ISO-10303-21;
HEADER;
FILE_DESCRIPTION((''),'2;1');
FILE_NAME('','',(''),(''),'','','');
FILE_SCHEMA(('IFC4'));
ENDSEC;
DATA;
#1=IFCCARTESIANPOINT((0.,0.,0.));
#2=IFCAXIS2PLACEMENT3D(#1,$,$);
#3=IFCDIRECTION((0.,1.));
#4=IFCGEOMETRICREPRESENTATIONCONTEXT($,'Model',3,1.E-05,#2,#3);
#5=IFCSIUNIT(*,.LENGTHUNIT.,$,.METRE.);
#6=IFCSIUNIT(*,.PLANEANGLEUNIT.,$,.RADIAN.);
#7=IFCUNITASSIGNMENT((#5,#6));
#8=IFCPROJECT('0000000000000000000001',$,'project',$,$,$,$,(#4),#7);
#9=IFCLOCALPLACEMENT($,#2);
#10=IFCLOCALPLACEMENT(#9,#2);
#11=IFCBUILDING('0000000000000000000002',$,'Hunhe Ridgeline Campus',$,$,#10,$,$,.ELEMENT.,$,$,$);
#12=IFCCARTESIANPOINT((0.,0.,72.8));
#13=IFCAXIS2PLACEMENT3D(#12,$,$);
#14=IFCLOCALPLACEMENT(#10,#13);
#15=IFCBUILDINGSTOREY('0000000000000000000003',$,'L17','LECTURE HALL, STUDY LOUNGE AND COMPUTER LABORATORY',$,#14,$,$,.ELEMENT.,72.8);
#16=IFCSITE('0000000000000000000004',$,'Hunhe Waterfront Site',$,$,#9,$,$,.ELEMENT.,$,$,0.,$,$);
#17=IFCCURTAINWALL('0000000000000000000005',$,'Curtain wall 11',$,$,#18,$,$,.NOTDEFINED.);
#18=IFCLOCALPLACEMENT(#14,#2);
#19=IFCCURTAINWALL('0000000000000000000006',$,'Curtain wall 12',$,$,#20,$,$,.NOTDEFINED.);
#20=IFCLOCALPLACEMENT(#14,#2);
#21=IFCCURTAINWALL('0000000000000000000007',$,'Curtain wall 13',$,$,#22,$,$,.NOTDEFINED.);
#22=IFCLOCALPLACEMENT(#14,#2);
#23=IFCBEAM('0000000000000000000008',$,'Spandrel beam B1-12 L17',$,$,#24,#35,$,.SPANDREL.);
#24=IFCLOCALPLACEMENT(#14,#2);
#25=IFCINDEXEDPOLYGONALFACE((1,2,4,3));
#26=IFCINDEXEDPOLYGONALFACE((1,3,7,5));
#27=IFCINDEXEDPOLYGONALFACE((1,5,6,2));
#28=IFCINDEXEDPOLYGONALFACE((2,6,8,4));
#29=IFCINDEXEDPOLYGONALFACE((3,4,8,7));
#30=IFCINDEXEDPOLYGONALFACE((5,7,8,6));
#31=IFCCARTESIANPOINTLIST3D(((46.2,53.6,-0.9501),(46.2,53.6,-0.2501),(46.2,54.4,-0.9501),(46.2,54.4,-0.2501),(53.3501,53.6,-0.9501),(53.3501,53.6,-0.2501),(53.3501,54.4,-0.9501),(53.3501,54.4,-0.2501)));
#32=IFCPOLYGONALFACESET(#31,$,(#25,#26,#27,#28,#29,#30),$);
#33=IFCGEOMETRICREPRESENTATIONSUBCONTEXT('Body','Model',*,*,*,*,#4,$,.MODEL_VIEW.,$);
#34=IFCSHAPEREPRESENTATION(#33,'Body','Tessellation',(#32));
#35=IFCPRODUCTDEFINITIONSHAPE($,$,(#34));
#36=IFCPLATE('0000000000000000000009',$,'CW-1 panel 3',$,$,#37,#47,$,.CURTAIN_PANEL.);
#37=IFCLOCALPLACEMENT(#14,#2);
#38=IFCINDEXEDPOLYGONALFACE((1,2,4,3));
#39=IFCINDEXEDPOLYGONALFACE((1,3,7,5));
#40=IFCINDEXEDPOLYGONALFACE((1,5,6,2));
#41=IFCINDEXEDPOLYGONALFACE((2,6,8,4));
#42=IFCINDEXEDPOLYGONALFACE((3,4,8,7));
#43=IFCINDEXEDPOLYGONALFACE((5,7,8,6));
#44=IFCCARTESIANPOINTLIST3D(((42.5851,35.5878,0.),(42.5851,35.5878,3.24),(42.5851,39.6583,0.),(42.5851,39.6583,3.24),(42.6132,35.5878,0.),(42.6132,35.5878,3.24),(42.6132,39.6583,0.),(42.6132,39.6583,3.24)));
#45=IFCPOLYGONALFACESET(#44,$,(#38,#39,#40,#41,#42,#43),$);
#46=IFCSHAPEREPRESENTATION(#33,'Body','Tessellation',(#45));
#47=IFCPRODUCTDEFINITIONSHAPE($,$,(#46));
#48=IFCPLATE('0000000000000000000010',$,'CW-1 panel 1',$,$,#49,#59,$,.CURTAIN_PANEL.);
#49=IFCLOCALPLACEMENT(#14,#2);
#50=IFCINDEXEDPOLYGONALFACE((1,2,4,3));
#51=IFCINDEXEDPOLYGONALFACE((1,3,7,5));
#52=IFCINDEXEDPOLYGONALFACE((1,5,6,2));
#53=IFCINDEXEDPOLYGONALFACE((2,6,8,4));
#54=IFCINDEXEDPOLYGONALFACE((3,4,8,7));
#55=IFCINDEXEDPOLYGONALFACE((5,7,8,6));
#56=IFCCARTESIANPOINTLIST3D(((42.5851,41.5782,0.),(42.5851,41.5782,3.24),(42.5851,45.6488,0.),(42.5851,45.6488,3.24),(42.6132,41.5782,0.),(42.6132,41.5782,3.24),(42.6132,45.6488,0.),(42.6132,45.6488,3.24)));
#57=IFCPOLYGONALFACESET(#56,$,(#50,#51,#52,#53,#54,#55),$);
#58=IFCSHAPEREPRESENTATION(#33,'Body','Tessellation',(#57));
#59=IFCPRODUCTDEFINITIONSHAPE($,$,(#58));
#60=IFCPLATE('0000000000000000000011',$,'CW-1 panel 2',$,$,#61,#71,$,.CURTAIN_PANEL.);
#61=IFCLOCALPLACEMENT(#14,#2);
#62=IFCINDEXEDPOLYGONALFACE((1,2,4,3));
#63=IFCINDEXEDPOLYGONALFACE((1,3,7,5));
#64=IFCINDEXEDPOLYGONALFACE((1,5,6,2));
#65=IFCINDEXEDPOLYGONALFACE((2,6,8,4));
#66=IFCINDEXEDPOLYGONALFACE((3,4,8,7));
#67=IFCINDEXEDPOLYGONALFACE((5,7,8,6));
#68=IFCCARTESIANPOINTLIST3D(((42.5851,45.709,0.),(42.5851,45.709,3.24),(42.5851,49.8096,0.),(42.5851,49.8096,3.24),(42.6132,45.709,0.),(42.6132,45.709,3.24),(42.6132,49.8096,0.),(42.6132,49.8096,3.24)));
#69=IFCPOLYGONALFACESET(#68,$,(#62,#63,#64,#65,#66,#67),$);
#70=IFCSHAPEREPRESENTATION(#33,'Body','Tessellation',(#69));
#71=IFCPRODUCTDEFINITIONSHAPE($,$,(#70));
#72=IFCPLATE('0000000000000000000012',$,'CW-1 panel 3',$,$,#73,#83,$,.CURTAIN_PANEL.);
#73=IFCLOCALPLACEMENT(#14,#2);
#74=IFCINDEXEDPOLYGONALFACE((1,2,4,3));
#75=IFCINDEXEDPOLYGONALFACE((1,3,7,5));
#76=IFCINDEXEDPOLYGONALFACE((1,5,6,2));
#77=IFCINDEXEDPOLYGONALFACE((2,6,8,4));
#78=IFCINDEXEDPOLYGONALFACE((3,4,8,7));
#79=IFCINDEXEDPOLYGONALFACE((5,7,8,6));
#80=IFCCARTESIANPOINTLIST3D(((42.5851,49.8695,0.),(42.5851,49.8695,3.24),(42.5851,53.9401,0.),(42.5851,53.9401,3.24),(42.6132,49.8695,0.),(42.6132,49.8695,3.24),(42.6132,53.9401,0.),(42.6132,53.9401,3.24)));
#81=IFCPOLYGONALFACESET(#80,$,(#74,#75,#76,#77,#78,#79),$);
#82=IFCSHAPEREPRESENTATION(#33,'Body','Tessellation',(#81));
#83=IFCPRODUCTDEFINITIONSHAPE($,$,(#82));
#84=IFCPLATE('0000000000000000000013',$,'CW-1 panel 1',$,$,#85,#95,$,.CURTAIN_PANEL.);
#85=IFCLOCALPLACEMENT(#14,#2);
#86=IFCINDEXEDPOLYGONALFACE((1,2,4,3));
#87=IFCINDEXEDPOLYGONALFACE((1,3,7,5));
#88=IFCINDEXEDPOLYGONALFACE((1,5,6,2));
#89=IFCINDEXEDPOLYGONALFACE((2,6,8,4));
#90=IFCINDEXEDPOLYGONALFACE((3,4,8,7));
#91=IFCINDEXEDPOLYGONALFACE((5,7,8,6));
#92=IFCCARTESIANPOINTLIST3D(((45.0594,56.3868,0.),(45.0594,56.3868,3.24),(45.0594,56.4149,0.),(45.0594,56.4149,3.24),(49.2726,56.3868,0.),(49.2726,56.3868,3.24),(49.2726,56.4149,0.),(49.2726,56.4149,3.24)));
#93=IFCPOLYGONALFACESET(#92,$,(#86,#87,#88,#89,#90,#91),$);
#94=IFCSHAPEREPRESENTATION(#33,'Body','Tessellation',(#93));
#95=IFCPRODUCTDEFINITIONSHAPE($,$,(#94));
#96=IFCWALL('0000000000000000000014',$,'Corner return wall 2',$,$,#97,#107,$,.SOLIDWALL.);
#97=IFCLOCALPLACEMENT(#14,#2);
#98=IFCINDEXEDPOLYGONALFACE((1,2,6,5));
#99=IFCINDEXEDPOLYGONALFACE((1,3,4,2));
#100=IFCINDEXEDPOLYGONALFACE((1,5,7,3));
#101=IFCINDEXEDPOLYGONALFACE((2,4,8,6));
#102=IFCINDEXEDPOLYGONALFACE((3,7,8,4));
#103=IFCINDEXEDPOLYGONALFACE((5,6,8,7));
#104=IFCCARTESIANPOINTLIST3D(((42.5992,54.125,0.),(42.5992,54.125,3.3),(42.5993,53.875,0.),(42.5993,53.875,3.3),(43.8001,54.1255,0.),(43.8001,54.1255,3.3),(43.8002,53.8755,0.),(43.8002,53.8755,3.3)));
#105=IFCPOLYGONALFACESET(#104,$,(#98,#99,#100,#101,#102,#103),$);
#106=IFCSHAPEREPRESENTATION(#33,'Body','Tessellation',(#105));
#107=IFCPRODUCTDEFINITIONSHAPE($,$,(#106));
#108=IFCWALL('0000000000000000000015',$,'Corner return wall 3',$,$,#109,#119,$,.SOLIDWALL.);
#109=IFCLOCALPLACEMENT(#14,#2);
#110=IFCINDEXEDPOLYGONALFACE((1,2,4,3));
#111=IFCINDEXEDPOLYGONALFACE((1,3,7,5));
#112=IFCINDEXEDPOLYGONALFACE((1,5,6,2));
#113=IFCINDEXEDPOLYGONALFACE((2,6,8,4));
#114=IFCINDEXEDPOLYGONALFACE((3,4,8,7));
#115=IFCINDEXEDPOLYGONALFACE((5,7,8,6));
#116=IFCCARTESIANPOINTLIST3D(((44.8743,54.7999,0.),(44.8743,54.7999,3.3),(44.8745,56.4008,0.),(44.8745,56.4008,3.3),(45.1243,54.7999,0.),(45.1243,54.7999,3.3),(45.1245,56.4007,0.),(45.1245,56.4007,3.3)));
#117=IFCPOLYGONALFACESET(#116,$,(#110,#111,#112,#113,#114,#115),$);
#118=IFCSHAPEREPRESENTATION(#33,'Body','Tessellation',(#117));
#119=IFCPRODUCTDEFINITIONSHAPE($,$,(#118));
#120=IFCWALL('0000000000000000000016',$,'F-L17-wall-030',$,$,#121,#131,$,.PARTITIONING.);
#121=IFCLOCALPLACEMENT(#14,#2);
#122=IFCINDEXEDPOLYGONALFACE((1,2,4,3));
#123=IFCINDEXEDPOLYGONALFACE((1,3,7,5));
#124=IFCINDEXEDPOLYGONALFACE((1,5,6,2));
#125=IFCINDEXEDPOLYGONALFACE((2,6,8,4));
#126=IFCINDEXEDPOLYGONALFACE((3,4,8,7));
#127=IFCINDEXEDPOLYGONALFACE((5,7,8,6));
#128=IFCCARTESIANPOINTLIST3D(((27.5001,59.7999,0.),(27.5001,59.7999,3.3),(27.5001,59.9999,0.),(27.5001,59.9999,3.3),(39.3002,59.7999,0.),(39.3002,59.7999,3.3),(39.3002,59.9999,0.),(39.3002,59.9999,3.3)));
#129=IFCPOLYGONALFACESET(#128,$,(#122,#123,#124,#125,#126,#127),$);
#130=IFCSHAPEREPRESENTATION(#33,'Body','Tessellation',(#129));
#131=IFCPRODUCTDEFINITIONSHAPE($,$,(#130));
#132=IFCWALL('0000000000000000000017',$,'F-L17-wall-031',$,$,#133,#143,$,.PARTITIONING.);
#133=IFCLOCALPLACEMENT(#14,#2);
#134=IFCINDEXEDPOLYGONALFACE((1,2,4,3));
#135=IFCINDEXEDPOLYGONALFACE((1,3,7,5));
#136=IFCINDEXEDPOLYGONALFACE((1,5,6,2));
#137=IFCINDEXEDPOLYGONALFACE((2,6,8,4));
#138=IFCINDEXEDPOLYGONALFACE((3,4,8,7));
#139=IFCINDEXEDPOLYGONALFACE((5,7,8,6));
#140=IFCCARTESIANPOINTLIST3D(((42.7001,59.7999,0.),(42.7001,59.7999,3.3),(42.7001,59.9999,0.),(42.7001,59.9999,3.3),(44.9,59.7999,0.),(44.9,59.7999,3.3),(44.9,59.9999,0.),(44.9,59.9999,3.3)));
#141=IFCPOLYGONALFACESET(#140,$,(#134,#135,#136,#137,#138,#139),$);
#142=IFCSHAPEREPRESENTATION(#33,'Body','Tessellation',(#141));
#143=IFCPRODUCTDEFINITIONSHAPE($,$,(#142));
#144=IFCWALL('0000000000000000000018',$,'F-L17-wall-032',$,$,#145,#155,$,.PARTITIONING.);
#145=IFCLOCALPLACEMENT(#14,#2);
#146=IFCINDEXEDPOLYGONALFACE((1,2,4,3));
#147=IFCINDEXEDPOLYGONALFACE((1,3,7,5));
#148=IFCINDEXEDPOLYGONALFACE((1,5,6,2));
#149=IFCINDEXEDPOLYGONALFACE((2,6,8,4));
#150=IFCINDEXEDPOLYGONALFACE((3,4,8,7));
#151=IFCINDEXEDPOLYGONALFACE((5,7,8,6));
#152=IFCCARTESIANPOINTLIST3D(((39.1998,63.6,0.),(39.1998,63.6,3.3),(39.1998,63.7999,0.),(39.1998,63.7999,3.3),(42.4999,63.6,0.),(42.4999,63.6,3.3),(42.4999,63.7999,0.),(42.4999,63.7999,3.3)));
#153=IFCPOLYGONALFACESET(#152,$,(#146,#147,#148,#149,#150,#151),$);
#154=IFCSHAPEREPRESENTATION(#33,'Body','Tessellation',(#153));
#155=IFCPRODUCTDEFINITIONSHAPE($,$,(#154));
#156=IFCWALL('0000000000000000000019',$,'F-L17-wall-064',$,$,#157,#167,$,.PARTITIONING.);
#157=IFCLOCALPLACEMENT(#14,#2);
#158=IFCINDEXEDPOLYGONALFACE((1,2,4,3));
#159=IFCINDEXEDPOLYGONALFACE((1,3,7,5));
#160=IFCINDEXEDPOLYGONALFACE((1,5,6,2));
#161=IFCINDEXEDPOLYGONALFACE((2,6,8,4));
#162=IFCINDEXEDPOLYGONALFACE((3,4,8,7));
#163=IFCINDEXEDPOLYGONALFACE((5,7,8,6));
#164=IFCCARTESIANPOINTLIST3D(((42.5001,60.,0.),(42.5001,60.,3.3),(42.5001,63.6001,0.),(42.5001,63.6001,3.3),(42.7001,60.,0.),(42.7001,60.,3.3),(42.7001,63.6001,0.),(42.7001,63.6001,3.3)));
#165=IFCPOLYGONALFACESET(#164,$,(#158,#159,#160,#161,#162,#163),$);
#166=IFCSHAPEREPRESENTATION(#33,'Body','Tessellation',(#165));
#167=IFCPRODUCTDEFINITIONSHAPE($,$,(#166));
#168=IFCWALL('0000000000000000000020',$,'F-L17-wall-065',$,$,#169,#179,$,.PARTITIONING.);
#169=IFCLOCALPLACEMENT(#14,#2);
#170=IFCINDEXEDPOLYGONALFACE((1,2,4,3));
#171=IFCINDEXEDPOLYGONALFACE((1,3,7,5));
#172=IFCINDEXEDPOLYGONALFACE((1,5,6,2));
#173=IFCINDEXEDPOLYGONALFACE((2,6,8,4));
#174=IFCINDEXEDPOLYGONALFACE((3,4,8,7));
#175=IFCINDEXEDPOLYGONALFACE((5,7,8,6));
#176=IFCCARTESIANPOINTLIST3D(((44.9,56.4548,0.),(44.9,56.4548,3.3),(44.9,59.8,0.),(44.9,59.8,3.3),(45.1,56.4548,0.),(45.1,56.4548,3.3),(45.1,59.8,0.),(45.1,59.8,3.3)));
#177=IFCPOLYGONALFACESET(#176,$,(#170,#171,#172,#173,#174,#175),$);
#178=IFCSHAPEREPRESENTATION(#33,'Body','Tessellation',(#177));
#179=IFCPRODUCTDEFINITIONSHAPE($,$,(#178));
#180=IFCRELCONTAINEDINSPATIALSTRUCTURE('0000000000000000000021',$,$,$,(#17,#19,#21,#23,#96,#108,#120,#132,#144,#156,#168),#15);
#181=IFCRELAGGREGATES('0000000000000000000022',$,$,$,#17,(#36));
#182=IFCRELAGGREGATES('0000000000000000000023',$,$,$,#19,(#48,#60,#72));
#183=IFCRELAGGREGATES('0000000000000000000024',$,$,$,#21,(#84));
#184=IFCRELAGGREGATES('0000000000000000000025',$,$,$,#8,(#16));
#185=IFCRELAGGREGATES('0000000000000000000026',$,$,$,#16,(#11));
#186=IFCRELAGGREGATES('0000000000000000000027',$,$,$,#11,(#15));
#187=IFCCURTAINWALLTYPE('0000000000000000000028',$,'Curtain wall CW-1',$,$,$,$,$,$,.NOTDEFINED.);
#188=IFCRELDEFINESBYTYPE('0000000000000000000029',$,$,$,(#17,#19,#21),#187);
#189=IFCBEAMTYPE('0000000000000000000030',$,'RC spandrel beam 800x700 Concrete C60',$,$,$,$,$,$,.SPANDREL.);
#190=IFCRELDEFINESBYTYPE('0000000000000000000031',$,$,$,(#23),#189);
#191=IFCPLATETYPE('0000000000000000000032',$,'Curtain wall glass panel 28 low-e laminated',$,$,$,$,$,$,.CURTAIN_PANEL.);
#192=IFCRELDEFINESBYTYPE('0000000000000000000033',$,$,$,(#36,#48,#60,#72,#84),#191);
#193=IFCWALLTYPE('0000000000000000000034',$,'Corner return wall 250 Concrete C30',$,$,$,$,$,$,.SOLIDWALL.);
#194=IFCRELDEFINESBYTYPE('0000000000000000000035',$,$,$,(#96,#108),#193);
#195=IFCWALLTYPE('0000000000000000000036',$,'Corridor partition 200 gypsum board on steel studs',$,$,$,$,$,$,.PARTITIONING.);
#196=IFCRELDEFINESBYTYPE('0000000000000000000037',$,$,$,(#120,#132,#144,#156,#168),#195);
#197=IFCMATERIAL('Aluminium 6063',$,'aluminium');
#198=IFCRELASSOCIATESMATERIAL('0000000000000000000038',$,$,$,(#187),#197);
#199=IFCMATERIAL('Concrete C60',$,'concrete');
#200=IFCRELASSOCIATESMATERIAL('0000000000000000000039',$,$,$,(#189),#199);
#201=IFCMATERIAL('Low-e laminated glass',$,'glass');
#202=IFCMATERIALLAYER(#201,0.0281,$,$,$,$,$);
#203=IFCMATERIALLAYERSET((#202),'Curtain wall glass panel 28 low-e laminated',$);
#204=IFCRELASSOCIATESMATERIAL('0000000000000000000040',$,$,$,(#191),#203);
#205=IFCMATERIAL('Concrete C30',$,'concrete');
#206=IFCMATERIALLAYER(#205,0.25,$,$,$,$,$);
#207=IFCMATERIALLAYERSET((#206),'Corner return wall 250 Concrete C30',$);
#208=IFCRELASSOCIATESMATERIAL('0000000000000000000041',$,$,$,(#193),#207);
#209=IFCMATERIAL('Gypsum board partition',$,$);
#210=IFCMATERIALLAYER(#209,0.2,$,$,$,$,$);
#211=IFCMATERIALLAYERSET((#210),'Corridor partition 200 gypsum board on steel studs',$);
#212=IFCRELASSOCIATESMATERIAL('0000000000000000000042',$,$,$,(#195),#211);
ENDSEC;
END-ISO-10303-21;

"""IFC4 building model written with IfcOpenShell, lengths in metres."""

from ifc_helpers import new_model, si_unit, direction, frame, frame_2d, origin, origin_2d, place, context, subcontext, project, spatial, rectangle, extrude, material, layer, layer_set, material_profile, profile_set, type_object, element, aggregate, save


model = new_model("IFC4")

# Units and contexts
model_context = context("Model", 3, precision=1e-05, world=origin(), true_north=direction((0.0, 1.0)))
body_context = subcontext(model_context, "Body", "Model", "MODEL_VIEW")
ifc_project = project(units=[si_unit("LENGTHUNIT", "METRE"), si_unit("PLANEANGLEUNIT", "RADIAN")], contexts=[model_context])

# Site, building, storey
site_placement = place(None, origin())
site = spatial("IfcSite", under=ifc_project, at=site_placement, Name="Hunhe Waterfront Site", CompositionType="ELEMENT", RefElevation=0.0)
building_placement = place(site_placement, origin())
building = spatial("IfcBuilding", under=site, at=building_placement, Name="Hunhe Ridgeline Campus", CompositionType="ELEMENT")
storey_placement = place(building_placement, frame((0.0, 0.0, 72.8)))
storey = spatial("IfcBuildingStorey", under=building, at=storey_placement, Name="L17", Description="LECTURE HALL, STUDY LOUNGE AND COMPUTER LABORATORY", CompositionType="ELEMENT", Elevation=72.8)

# Curtain wall
ifc_material_1 = material(Name="Aluminium 6063", Category="aluminium")
curtain_wall_type = type_object("IfcCurtainWallType", Name="Curtain wall CW-1", PredefinedType="NOTDEFINED", material=ifc_material_1)
curtain_wall_1_placement = place(storey_placement, origin())
curtain_wall_1 = element("IfcCurtainWall", 1, at=curtain_wall_1_placement, inside=storey, type_object=curtain_wall_type, Name="Curtain wall 11", PredefinedType="NOTDEFINED")

# Curtain wall
curtain_wall_2_placement = place(storey_placement, origin())
curtain_wall_2 = element("IfcCurtainWall", 2, at=curtain_wall_2_placement, inside=storey, type_object=curtain_wall_type, Name="Curtain wall 12", PredefinedType="NOTDEFINED")

# Curtain wall
curtain_wall_3_placement = place(storey_placement, origin())
curtain_wall_3 = element("IfcCurtainWall", 3, at=curtain_wall_3_placement, inside=storey, type_object=curtain_wall_type, Name="Curtain wall 13", PredefinedType="NOTDEFINED")

# Beam
ifc_material_2 = material(Name="Concrete C60", Category="concrete")
ifc_material_profile_1 = material_profile(ifc_material_2, rectangle(XDim=0.8, YDim=0.7, at=origin_2d()))
ifc_profile_set_1 = profile_set([ifc_material_profile_1], Name="Concrete C60")
beam_type = type_object("IfcBeamType", Name="RC spandrel beam 800x700 Concrete C60", PredefinedType="SPANDREL", material=ifc_profile_set_1)
beam_1_placement = place(storey_placement, frame((46.2, 54.0, -0.6001), z_axis=(1.0, 0.0, 0.0), x_axis=(0.0, 1.0, 0.0)))
element("IfcBeam", 4, at=beam_1_placement, inside=storey, type_object=beam_type, Name="Spandrel beam B1-12 L17", PredefinedType="SPANDREL", context=body_context, shape_type="SweptSolid", body=[
    extrude(rectangle(XDim=0.8, YDim=0.7, at=origin_2d()), origin(), (0.0, 0.0, 1.0), 7.1501),
])

# Plates
ifc_material_3 = material(Name="Low-e laminated glass", Category="glass")
ifc_layer_1 = layer(ifc_material_3, 0.0281)
ifc_layer_set_1 = layer_set([ifc_layer_1], Name="Curtain wall glass panel 28 low-e laminated")
plate_type = type_object("IfcPlateType", Name="Curtain wall glass panel 28 low-e laminated", PredefinedType="CURTAIN_PANEL", material=ifc_layer_set_1)
plate_1_placement = place(storey_placement, frame((42.5991, 37.623, 0.0), z_axis=(0.0, 0.0, 1.0), x_axis=(0.0, 1.0, 0.0)))
plate_1 = element("IfcPlate", 5, at=plate_1_placement, type_object=plate_type, Name="CW-1 panel 3", PredefinedType="CURTAIN_PANEL", context=body_context, shape_type="SweptSolid", body=[
    extrude(rectangle(XDim=4.0706, YDim=0.0281, at=origin_2d()), origin(), (0.0, 0.0, 1.0), 3.24),
])
aggregate(curtain_wall_1, [plate_1])
plate_2_placement = place(storey_placement, frame((42.5991, 43.6135, 0.0), z_axis=(0.0, 0.0, 1.0), x_axis=(0.0, 1.0, 0.0)))
plate_2 = element("IfcPlate", 6, at=plate_2_placement, type_object=plate_type, Name="CW-1 panel 1", PredefinedType="CURTAIN_PANEL", context=body_context, shape_type="SweptSolid", body=[
    extrude(rectangle(XDim=4.0706, YDim=0.0281, at=origin_2d()), origin(), (0.0, 0.0, 1.0), 3.24),
])
plate_3_placement = place(storey_placement, frame((42.5991, 47.7593, 0.0), z_axis=(0.0, 0.0, 1.0), x_axis=(0.0, 1.0, 0.0)))
plate_3 = element("IfcPlate", 7, at=plate_3_placement, type_object=plate_type, Name="CW-1 panel 2", PredefinedType="CURTAIN_PANEL", context=body_context, shape_type="SweptSolid", body=[
    extrude(rectangle(XDim=4.1006, YDim=0.0281, at=origin_2d()), origin(), (0.0, 0.0, 1.0), 3.24),
])
plate_4_placement = place(storey_placement, frame((42.5991, 51.9048, 0.0), z_axis=(0.0, 0.0, 1.0), x_axis=(0.0, 1.0, 0.0)))
plate_4 = element("IfcPlate", 8, at=plate_4_placement, type_object=plate_type, Name="CW-1 panel 3", PredefinedType="CURTAIN_PANEL", context=body_context, shape_type="SweptSolid", body=[
    extrude(rectangle(XDim=4.0706, YDim=0.0281, at=origin_2d()), origin(), (0.0, 0.0, 1.0), 3.24),
])
aggregate(curtain_wall_2, [plate_2, plate_3, plate_4])
plate_5_placement = place(storey_placement, frame((47.166, 56.4009, 0.0), z_axis=(0.0, 0.0, 1.0), x_axis=(1.0, 0.000004, 0.0)))
plate_5 = element("IfcPlate", 9, at=plate_5_placement, type_object=plate_type, Name="CW-1 panel 1", PredefinedType="CURTAIN_PANEL", context=body_context, shape_type="SweptSolid", body=[
    extrude(rectangle(XDim=4.2131, YDim=0.0281, at=origin_2d()), origin(), (0.0, 0.0, 1.0), 3.24),
])
aggregate(curtain_wall_3, [plate_5])

# Walls
ifc_material_4 = material(Name="Concrete C30", Category="concrete")
ifc_layer_2 = layer(ifc_material_4, 0.25)
ifc_layer_set_2 = layer_set([ifc_layer_2], Name="Corner return wall 250 Concrete C30")
wall_type_1 = type_object("IfcWallType", Name="Corner return wall 250 Concrete C30", PredefinedType="SOLIDWALL", material=ifc_layer_set_2)
wall_1_placement = place(storey_placement, frame((42.5991, 54.0, 0.0), z_axis=(0.0, 0.0, 1.0), x_axis=(1.0, 0.000407, 0.0)))
element("IfcWall", 10, at=wall_1_placement, inside=storey, type_object=wall_type_1, Name="Corner return wall 2", PredefinedType="SOLIDWALL", context=body_context, shape_type="SweptSolid", body=[
    extrude(rectangle(XDim=1.2009, YDim=0.25, at=frame_2d((0.6006, 0.0))), origin(), (0.0, 0.0, 1.0), 3.3),
])
wall_2_placement = place(storey_placement, frame((44.9993, 54.8, 0.0), z_axis=(0.0, 0.0, 1.0), x_axis=(0.000153, 1.0, 0.0)))
element("IfcWall", 11, at=wall_2_placement, inside=storey, type_object=wall_type_1, Name="Corner return wall 3", PredefinedType="SOLIDWALL", context=body_context, shape_type="SweptSolid", body=[
    extrude(rectangle(XDim=1.6008, YDim=0.25, at=frame_2d((0.8003, 0.0))), origin(), (0.0, 0.0, 1.0), 3.3),
])
ifc_material_5 = material(Name="Gypsum board partition")
ifc_layer_3 = layer(ifc_material_5, 0.2)
ifc_layer_set_3 = layer_set([ifc_layer_3], Name="Corridor partition 200 gypsum board on steel studs")
wall_type_2 = type_object("IfcWallType", Name="Corridor partition 200 gypsum board on steel studs", PredefinedType="PARTITIONING", material=ifc_layer_set_3)
wall_3_placement = place(storey_placement, frame((39.3, 59.8999, 0.0), z_axis=(0.0, 0.0, 1.0), x_axis=(-1.0, 0.0, 0.0)))
element("IfcWall", 12, at=wall_3_placement, inside=storey, type_object=wall_type_2, Name="F-L17-wall-030", PredefinedType="PARTITIONING", context=body_context, shape_type="SweptSolid", body=[
    extrude(rectangle(XDim=11.8, YDim=0.2, at=frame_2d((5.8999, 0.0))), origin(), (0.0, 0.0, 1.0), 3.3),
])
wall_4_placement = place(storey_placement, frame((42.7, 59.8999, 0.0), z_axis=(0.0, 0.0, 1.0), x_axis=(1.0, 0.0, 0.0)))
element("IfcWall", 13, at=wall_4_placement, inside=storey, type_object=wall_type_2, Name="F-L17-wall-031", PredefinedType="PARTITIONING", context=body_context, shape_type="SweptSolid", body=[
    extrude(rectangle(XDim=2.2, YDim=0.2, at=frame_2d((1.1001, 0.0))), origin(), (0.0, 0.0, 1.0), 3.3),
])
wall_5_placement = place(storey_placement, frame((39.2, 63.7, 0.0), z_axis=(0.0, 0.0, 1.0), x_axis=(1.0, 0.0, 0.0)))
element("IfcWall", 14, at=wall_5_placement, inside=storey, type_object=wall_type_2, Name="F-L17-wall-032", PredefinedType="PARTITIONING", context=body_context, shape_type="SweptSolid", body=[
    extrude(rectangle(XDim=3.3, YDim=0.2, at=frame_2d((1.6499, 0.0))), origin(), (0.0, 0.0, 1.0), 3.3),
])
wall_6_placement = place(storey_placement, frame((42.6001, 63.6001, 0.0), z_axis=(0.0, 0.0, 1.0), x_axis=(0.0, -1.0, 0.0)))
element("IfcWall", 15, at=wall_6_placement, inside=storey, type_object=wall_type_2, Name="F-L17-wall-064", PredefinedType="PARTITIONING", context=body_context, shape_type="SweptSolid", body=[
    extrude(rectangle(XDim=3.6001, YDim=0.2, at=frame_2d((1.8, 0.0))), origin(), (0.0, 0.0, 1.0), 3.3),
])
wall_7_placement = place(storey_placement, frame((45.0, 59.8, 0.0), z_axis=(0.0, 0.0, 1.0), x_axis=(0.0, -1.0, 0.0)))
element("IfcWall", 16, at=wall_7_placement, inside=storey, type_object=wall_type_2, Name="F-L17-wall-065", PredefinedType="PARTITIONING", context=body_context, shape_type="SweptSolid", body=[
    extrude(rectangle(XDim=3.3452, YDim=0.2, at=frame_2d((1.6726, 0.0))), origin(), (0.0, 0.0, 1.0), 3.3),
])

save(model, "model.ifc")
